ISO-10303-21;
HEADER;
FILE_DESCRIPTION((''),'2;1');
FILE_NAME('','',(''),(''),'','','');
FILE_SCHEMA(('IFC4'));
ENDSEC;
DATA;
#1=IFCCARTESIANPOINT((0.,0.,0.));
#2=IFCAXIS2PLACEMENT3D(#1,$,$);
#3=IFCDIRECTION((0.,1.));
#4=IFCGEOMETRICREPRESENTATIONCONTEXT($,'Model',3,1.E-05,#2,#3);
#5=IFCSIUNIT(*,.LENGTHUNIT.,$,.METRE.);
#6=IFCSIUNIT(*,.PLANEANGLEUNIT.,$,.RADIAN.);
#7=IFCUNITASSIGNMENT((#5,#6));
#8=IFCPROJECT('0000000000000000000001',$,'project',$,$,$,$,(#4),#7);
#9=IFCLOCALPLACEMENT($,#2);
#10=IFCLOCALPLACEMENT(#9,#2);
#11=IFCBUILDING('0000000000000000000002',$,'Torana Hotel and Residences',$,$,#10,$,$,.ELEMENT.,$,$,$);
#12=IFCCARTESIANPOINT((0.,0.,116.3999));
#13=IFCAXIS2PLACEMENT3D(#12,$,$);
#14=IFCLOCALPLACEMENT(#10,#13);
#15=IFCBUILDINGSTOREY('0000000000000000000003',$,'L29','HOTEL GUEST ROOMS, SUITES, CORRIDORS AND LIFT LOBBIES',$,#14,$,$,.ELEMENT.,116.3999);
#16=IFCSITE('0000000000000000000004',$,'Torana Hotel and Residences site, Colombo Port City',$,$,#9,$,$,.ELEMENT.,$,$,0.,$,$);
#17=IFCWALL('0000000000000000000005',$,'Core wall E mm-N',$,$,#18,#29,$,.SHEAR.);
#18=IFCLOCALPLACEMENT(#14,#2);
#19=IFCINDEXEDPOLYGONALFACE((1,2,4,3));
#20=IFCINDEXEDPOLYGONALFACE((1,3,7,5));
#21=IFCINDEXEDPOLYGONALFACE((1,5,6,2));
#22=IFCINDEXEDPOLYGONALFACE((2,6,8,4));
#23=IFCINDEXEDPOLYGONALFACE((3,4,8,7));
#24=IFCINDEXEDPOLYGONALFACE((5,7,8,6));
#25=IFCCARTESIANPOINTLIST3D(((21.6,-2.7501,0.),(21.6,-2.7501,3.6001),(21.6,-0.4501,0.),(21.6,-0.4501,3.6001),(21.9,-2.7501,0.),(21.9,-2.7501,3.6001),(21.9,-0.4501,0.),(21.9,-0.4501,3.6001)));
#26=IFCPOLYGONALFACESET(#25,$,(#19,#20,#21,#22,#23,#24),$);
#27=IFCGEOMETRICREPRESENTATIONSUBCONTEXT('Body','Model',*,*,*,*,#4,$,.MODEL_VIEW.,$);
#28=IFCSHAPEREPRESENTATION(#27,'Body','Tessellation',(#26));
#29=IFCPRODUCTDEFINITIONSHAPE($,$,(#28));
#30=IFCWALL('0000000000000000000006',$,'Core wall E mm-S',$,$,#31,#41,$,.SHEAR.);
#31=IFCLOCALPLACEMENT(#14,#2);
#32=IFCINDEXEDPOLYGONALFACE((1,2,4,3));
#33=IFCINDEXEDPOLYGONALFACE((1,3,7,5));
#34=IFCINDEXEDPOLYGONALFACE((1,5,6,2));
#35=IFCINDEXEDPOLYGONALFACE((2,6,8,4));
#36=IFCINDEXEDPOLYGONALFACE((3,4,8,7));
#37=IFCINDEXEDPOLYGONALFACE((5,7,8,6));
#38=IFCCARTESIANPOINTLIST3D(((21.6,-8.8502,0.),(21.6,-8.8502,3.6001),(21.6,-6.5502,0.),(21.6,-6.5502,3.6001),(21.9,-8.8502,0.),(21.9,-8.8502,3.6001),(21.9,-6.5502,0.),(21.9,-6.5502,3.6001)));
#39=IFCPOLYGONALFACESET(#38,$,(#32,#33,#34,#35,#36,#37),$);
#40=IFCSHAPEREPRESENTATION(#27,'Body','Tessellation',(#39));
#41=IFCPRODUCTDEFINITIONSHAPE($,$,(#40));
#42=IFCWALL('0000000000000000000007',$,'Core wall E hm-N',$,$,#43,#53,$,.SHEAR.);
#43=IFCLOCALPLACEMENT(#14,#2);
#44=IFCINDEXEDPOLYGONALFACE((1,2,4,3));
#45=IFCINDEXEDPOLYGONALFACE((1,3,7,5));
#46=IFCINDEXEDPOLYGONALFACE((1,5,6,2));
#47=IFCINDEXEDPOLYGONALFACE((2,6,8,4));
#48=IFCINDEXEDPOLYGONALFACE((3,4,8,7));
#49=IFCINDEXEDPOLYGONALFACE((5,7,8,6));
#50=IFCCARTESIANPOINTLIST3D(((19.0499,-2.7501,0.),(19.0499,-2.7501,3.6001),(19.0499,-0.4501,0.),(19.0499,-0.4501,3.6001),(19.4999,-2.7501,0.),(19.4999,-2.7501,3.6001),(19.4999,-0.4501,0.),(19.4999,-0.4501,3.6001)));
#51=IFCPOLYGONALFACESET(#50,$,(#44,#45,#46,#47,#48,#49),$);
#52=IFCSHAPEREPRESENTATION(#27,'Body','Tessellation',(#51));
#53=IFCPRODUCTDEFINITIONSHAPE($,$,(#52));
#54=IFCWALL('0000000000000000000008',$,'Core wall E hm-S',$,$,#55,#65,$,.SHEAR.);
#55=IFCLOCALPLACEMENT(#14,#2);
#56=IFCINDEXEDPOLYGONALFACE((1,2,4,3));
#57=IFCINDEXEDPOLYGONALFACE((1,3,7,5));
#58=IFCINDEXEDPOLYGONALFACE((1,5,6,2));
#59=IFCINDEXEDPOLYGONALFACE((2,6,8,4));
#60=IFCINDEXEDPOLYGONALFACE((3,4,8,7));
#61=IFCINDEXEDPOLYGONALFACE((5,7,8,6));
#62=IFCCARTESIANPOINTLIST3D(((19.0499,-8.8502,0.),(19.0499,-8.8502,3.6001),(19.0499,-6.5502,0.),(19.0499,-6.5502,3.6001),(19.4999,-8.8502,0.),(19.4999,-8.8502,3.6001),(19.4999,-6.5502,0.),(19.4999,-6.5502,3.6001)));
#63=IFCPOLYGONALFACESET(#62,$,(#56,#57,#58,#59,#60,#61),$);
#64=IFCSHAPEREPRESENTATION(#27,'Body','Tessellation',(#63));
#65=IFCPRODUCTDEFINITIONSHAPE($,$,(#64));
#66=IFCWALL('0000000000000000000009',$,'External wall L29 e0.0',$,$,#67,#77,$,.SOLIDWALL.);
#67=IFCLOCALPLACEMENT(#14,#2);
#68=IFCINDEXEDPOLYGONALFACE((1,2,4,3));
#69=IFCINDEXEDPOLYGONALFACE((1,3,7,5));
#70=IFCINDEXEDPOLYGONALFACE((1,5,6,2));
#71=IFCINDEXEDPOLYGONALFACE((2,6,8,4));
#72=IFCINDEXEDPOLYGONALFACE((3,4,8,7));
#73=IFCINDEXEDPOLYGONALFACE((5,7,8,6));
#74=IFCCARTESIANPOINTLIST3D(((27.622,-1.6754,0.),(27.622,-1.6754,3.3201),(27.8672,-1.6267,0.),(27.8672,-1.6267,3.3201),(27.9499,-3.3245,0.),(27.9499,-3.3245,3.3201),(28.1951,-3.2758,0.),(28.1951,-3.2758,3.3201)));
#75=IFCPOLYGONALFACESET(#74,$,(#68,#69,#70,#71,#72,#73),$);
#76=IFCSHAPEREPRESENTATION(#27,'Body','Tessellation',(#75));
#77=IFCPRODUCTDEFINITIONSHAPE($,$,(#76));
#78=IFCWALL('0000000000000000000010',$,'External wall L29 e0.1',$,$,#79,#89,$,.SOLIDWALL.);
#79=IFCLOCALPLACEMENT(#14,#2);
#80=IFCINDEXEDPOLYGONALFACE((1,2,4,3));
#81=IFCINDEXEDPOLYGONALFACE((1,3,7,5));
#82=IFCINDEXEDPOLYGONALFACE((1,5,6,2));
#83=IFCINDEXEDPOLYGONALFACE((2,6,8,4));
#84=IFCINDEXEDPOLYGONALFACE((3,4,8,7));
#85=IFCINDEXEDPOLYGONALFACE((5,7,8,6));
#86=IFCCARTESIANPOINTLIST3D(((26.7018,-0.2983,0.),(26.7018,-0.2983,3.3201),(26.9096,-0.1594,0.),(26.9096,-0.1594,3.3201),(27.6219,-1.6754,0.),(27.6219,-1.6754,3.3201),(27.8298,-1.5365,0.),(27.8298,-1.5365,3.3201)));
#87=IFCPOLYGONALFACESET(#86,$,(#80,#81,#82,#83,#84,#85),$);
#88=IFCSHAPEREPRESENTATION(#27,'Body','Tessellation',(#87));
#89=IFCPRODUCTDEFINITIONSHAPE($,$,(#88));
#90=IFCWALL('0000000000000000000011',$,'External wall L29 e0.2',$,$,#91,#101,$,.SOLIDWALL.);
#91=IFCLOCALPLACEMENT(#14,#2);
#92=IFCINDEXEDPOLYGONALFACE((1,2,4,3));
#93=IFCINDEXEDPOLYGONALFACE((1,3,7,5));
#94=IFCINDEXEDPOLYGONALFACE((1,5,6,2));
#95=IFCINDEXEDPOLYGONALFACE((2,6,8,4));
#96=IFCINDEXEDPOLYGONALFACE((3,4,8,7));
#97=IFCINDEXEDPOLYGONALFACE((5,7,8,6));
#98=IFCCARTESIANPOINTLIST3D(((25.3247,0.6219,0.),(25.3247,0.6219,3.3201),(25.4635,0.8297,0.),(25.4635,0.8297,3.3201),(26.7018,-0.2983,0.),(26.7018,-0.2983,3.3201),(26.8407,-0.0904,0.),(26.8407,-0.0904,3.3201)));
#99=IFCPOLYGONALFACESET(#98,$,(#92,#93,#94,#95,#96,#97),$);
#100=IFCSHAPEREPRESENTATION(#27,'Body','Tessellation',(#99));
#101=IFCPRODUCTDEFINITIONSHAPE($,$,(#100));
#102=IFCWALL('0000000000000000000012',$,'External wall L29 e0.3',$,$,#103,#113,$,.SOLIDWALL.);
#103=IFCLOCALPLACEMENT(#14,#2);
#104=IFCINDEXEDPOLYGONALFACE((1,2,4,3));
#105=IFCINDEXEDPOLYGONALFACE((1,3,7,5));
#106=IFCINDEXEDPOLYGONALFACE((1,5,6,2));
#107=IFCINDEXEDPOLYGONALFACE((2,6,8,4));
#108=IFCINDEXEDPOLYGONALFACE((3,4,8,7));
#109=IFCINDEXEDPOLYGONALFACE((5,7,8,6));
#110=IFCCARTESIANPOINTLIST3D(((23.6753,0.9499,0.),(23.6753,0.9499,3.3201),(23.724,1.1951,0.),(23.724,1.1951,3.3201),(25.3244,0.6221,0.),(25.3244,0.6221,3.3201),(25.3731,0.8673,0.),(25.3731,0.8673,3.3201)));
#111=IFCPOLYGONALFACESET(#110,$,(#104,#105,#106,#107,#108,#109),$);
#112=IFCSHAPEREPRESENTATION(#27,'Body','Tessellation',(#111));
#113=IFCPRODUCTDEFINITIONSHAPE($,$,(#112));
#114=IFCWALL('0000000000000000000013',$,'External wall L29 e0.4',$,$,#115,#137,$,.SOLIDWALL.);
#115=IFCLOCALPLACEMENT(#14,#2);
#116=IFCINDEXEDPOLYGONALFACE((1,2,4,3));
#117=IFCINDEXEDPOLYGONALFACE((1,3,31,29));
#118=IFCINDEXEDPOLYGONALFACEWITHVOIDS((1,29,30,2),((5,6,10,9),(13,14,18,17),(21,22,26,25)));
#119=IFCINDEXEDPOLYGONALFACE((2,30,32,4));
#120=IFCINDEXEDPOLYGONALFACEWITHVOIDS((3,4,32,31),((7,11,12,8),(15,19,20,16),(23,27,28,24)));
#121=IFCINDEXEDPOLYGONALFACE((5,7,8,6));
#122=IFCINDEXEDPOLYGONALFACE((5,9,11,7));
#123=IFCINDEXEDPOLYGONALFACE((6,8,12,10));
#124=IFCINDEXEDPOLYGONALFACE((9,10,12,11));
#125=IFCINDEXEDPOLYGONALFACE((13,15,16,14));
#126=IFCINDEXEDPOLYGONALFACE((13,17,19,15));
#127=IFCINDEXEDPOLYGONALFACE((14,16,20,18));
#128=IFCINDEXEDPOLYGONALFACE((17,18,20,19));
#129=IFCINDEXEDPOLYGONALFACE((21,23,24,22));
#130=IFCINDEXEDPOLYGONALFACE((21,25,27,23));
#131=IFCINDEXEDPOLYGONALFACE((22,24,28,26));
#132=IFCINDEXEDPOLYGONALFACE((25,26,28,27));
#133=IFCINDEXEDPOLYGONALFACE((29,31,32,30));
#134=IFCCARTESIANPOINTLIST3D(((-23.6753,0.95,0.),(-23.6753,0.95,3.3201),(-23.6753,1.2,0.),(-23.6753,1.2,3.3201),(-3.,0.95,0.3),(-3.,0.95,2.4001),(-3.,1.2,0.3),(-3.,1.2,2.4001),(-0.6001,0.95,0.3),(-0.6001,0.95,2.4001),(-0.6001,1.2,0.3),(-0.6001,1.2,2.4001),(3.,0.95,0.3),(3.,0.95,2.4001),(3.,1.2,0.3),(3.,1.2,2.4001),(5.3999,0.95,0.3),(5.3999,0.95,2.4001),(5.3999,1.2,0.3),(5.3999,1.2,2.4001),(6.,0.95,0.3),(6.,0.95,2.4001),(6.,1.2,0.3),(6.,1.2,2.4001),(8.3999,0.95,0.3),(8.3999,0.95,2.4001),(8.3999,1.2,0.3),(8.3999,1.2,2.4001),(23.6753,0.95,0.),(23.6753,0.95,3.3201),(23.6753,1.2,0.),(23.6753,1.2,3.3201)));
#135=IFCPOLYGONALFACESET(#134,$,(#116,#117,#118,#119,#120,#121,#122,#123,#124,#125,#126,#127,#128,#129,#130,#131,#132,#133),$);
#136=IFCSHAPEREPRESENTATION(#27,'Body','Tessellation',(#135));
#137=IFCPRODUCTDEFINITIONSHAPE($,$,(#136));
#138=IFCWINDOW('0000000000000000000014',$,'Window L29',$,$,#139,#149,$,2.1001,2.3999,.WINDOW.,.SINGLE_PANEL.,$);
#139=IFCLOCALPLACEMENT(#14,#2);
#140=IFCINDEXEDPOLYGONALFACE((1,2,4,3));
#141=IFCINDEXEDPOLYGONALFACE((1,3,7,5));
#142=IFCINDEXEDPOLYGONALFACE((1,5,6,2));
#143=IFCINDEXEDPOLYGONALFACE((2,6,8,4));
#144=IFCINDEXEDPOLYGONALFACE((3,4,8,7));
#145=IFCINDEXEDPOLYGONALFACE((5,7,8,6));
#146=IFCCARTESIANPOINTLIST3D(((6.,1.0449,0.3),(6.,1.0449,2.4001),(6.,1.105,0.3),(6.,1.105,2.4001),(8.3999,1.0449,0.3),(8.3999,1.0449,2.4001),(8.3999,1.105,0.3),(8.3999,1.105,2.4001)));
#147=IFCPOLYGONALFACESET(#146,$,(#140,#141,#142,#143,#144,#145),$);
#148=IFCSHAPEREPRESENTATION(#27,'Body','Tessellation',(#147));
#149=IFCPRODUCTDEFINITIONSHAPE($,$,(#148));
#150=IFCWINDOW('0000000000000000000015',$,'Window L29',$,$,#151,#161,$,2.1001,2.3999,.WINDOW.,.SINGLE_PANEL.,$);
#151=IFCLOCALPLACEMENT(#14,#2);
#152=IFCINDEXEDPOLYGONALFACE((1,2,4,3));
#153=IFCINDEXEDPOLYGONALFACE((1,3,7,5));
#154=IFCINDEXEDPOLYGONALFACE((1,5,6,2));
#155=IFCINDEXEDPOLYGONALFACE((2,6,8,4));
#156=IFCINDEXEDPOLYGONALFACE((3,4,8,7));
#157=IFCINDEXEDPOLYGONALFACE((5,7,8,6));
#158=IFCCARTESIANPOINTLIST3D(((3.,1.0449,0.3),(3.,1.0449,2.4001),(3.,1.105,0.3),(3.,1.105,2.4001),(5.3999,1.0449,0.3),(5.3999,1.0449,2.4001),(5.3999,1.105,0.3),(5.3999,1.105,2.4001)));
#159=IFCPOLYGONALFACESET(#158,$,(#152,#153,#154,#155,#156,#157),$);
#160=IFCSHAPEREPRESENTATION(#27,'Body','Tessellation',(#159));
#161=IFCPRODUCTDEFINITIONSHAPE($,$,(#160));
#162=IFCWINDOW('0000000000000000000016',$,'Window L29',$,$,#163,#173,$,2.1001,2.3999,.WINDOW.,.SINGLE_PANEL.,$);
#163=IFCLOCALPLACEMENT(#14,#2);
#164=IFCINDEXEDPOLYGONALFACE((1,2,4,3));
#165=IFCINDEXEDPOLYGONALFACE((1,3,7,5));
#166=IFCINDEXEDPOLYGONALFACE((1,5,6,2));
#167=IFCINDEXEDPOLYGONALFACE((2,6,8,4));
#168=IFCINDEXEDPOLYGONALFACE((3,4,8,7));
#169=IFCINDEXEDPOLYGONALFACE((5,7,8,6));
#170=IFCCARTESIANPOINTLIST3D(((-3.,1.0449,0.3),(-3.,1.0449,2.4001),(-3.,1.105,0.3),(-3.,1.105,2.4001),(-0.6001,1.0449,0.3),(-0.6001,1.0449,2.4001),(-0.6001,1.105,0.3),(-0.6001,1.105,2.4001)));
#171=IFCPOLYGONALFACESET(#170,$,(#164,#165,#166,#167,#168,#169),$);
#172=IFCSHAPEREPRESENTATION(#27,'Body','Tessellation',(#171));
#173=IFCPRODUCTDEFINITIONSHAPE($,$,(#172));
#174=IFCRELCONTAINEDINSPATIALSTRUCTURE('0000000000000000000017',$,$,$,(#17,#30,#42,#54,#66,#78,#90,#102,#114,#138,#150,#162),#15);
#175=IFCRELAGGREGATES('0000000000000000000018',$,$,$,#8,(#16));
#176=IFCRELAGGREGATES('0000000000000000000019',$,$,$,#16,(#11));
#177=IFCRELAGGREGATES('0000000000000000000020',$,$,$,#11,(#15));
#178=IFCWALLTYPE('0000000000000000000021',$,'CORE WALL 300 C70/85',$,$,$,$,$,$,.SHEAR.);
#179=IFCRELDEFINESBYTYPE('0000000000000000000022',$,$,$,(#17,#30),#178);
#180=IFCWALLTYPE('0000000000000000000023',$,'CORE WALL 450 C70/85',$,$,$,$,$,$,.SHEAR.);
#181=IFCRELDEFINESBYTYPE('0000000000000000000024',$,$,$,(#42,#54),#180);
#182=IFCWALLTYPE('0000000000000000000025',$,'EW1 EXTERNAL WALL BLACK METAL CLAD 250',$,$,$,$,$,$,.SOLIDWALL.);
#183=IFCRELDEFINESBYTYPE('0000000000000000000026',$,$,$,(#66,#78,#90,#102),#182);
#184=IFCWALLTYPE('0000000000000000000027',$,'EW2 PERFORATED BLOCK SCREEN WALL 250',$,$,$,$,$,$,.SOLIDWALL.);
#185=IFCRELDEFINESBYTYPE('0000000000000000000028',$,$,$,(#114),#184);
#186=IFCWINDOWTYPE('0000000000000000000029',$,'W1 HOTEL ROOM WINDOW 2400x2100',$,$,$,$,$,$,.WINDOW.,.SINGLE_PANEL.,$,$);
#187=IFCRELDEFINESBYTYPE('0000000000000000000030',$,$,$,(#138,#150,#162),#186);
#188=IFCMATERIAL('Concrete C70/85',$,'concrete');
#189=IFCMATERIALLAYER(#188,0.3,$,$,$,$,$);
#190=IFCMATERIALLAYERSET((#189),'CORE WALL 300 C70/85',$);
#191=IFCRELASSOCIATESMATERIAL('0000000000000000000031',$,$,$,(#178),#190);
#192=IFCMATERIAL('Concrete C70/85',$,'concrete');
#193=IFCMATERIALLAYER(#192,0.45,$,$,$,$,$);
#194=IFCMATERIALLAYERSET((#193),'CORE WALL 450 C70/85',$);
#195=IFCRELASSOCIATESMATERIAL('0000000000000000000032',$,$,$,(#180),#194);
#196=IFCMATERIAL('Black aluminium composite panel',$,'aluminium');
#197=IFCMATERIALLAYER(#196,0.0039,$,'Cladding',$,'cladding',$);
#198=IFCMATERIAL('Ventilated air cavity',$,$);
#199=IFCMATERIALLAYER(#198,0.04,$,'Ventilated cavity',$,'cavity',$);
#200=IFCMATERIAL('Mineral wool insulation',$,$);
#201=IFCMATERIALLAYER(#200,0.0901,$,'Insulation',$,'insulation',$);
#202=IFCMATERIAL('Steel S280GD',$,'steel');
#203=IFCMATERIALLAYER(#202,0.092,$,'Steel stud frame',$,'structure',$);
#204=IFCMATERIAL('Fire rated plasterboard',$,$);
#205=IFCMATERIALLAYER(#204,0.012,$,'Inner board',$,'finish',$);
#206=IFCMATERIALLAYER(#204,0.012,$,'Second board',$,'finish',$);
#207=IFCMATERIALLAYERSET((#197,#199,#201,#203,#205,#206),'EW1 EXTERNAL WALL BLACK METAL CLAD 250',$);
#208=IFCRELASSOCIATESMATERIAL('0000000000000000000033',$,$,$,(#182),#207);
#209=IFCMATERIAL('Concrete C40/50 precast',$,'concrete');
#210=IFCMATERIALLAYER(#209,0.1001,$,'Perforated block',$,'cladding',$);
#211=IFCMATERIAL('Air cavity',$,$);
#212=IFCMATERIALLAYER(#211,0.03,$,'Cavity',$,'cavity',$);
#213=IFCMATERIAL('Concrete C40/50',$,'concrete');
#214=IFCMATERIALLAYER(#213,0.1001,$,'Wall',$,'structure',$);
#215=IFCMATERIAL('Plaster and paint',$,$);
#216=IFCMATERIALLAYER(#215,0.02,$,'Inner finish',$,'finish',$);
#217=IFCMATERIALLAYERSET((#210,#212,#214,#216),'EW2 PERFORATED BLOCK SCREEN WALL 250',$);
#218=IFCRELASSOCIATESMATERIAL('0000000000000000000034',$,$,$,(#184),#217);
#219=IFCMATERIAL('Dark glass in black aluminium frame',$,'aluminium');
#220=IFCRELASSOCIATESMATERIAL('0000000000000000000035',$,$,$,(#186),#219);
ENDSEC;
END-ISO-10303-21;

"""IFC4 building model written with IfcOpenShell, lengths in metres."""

from ifc_helpers import new_model, si_unit, direction, frame, frame_2d, origin, place, context, subcontext, project, spatial, rectangle, extrude, material, layer, layer_set, type_object, element, fill, save


model = new_model("IFC4")

# Units and contexts
model_context = context("Model", 3, precision=1e-05, world=origin(), true_north=direction((0.0, 1.0)))
body_context = subcontext(model_context, "Body", "Model", "MODEL_VIEW")
ifc_project = project(units=[si_unit("LENGTHUNIT", "METRE"), si_unit("PLANEANGLEUNIT", "RADIAN")], contexts=[model_context])

# Site, building, storey
site_placement = place(None, origin())
site = spatial("IfcSite", under=ifc_project, at=site_placement, Name="Torana Hotel and Residences site, Colombo Port City", CompositionType="ELEMENT", RefElevation=0.0)
building_placement = place(site_placement, origin())
building = spatial("IfcBuilding", under=site, at=building_placement, Name="Torana Hotel and Residences", CompositionType="ELEMENT")
storey_placement = place(building_placement, frame((0.0, 0.0, 116.3999)))
storey = spatial("IfcBuildingStorey", under=building, at=storey_placement, Name="L29", Description="HOTEL GUEST ROOMS, SUITES, CORRIDORS AND LIFT LOBBIES", CompositionType="ELEMENT", Elevation=116.3999)

# Walls
ifc_material_1 = material(Name="Concrete C70/85", Category="concrete")
ifc_layer_1 = layer(ifc_material_1, 0.3)
ifc_layer_set_1 = layer_set([ifc_layer_1], Name="CORE WALL 300 C70/85")
wall_type_1 = type_object("IfcWallType", Name="CORE WALL 300 C70/85", PredefinedType="SHEAR", material=ifc_layer_set_1)
for number, where, z_axis, x_axis, name in (
    (1, (21.75, -2.75, 0.0), (0.0, 0.0, 1.0), (0.0, 1.0, 0.0), "Core wall E mm-N"),
    (2, (21.75, -8.8501, 0.0), (0.0, 0.0, 1.0), (0.0, 1.0, 0.0), "Core wall E mm-S"),
):
    element("IfcWall", number, at=place(storey_placement, frame(where, z_axis=z_axis, x_axis=x_axis)), inside=storey, type_object=wall_type_1, Name=name, PredefinedType="SHEAR", context=body_context, shape_type="SweptSolid", body=[
        extrude(rectangle(XDim=2.3, YDim=0.3, at=frame_2d((1.1499, 0.0))), origin(), (0.0, 0.0, 1.0), 3.6001),
    ])
ifc_material_2 = material(Name="Concrete C70/85", Category="concrete")
ifc_layer_2 = layer(ifc_material_2, 0.45)
ifc_layer_set_2 = layer_set([ifc_layer_2], Name="CORE WALL 450 C70/85")
wall_type_2 = type_object("IfcWallType", Name="CORE WALL 450 C70/85", PredefinedType="SHEAR", material=ifc_layer_set_2)
for number, where, z_axis, x_axis, name in (
    (3, (19.2749, -2.75, 0.0), (0.0, 0.0, 1.0), (0.0, 1.0, 0.0), "Core wall E hm-N"),
    (4, (19.2749, -8.8501, 0.0), (0.0, 0.0, 1.0), (0.0, 1.0, 0.0), "Core wall E hm-S"),
):
    element("IfcWall", number, at=place(storey_placement, frame(where, z_axis=z_axis, x_axis=x_axis)), inside=storey, type_object=wall_type_2, Name=name, PredefinedType="SHEAR", context=body_context, shape_type="SweptSolid", body=[
        extrude(rectangle(XDim=2.3, YDim=0.45, at=frame_2d((1.1499, 0.0))), origin(), (0.0, 0.0, 1.0), 3.6001),
    ])
ifc_material_3 = material(Name="Black aluminium composite panel", Category="aluminium")
ifc_layer_3 = layer(ifc_material_3, 0.0039, Name="Cladding", Category="cladding")
ifc_material_4 = material(Name="Ventilated air cavity")
ifc_layer_4 = layer(ifc_material_4, 0.04, Name="Ventilated cavity", Category="cavity")
ifc_material_5 = material(Name="Mineral wool insulation")
ifc_layer_5 = layer(ifc_material_5, 0.0901, Name="Insulation", Category="insulation")
ifc_material_6 = material(Name="Steel S280GD", Category="steel")
ifc_layer_6 = layer(ifc_material_6, 0.092, Name="Steel stud frame", Category="structure")
ifc_material_7 = material(Name="Fire rated plasterboard")
ifc_layer_7 = layer(ifc_material_7, 0.012, Name="Inner board", Category="finish")
ifc_layer_8 = layer(ifc_material_7, 0.012, Name="Second board", Category="finish")
ifc_layer_set_3 = layer_set([ifc_layer_3, ifc_layer_4, ifc_layer_5, ifc_layer_6, ifc_layer_7, ifc_layer_8], Name="EW1 EXTERNAL WALL BLACK METAL CLAD 250")
wall_type_3 = type_object("IfcWallType", Name="EW1 EXTERNAL WALL BLACK METAL CLAD 250", PredefinedType="SOLIDWALL", material=ifc_layer_set_3)
wall_1_placement = place(storey_placement, frame((28.0725, -3.3003, 0.0), z_axis=(0.0, 0.0, 1.0), x_axis=(-0.194999, 0.980803, 0.0)))
element("IfcWall", 5, at=wall_1_placement, inside=storey, type_object=wall_type_3, Name="External wall L29 e0.0", PredefinedType="SOLIDWALL", context=body_context, shape_type="SweptSolid", body=[
    extrude(rectangle(XDim=1.6814, YDim=0.25, at=frame_2d((0.8408, 0.0))), origin(), (0.0, 0.0, 1.0), 3.3201),
])
for number, where, z_axis, x_axis, name in (
    (6, (27.7258, -1.606, 0.0), (0.0, 0.0, 1.0), (-0.55555, 0.831483, 0.0), "External wall L29 e0.1"),
    (7, (26.7712, -0.1943, 0.0), (0.0, 0.0, 1.0), (-0.831483, 0.55555, 0.0), "External wall L29 e0.2"),
):
    element("IfcWall", number, at=place(storey_placement, frame(where, z_axis=z_axis, x_axis=x_axis)), inside=storey, type_object=wall_type_3, Name=name, PredefinedType="SOLIDWALL", context=body_context, shape_type="SweptSolid", body=[
        extrude(rectangle(XDim=1.6562, YDim=0.25, at=frame_2d((0.8281, 0.0))), origin(), (0.0, 0.0, 1.0), 3.3201),
    ])
wall_2_placement = place(storey_placement, frame((25.3489, 0.7446, 0.0), z_axis=(0.0, 0.0, 1.0), x_axis=(-0.980803, 0.194999, 0.0)))
element("IfcWall", 8, at=wall_2_placement, inside=storey, type_object=wall_type_3, Name="External wall L29 e0.3", PredefinedType="SOLIDWALL", context=body_context, shape_type="SweptSolid", body=[
    extrude(rectangle(XDim=1.6814, YDim=0.25, at=frame_2d((0.8408, 0.0))), origin(), (0.0, 0.0, 1.0), 3.3201),
])

# Wall, openings, windows
ifc_material_8 = material(Name="Concrete C40/50 precast", Category="concrete")
ifc_layer_9 = layer(ifc_material_8, 0.1001, Name="Perforated block", Category="cladding")
ifc_material_9 = material(Name="Air cavity")
ifc_layer_10 = layer(ifc_material_9, 0.03, Name="Cavity", Category="cavity")
ifc_material_10 = material(Name="Concrete C40/50", Category="concrete")
ifc_layer_11 = layer(ifc_material_10, 0.1001, Name="Wall", Category="structure")
ifc_material_11 = material(Name="Plaster and paint")
ifc_layer_12 = layer(ifc_material_11, 0.02, Name="Inner finish", Category="finish")
ifc_layer_set_4 = layer_set([ifc_layer_9, ifc_layer_10, ifc_layer_11, ifc_layer_12], Name="EW2 PERFORATED BLOCK SCREEN WALL 250")
wall_type_4 = type_object("IfcWallType", Name="EW2 PERFORATED BLOCK SCREEN WALL 250", PredefinedType="SOLIDWALL", material=ifc_layer_set_4)
wall_3_placement = place(storey_placement, frame((23.6753, 1.075, 0.0), z_axis=(0.0, 0.0, 1.0), x_axis=(-1.0, 0.0, 0.0)))
wall_3 = element("IfcWall", 9, at=wall_3_placement, inside=storey, type_object=wall_type_4, Name="External wall L29 e0.4", PredefinedType="SOLIDWALL", context=body_context, shape_type="SweptSolid", body=[
    extrude(rectangle(XDim=47.3506, YDim=0.25, at=frame_2d((23.6753, 0.0))), origin(), (0.0, 0.0, 1.0), 3.3201),
])
opening_1_placement = place(wall_3_placement, frame((15.2754, 0.0, 0.3)))
opening_1 = element("IfcOpeningElement", 10, at=opening_1_placement, cuts=wall_3, PredefinedType="OPENING", context=body_context, shape_type="SweptSolid", body=[
    extrude(rectangle(XDim=2.3999, YDim=2.1001, at=frame_2d((1.2, 1.05))), frame((0.0, 0.135, 0.0), z_axis=(0.0, -1.0, 0.0), x_axis=(1.0, 0.0, 0.0)), (0.0, 0.0, 1.0), 0.27),
])
opening_2_placement = place(wall_3_placement, frame((18.2754, 0.0, 0.3)))
opening_2 = element("IfcOpeningElement", 11, at=opening_2_placement, cuts=wall_3, PredefinedType="OPENING", context=body_context, shape_type="SweptSolid", body=[
    extrude(rectangle(XDim=2.3999, YDim=2.1001, at=frame_2d((1.2, 1.05))), frame((0.0, 0.135, 0.0), z_axis=(0.0, -1.0, 0.0), x_axis=(1.0, 0.0, 0.0)), (0.0, 0.0, 1.0), 0.27),
])
opening_3_placement = place(wall_3_placement, frame((24.2754, 0.0, 0.3)))
opening_3 = element("IfcOpeningElement", 12, at=opening_3_placement, cuts=wall_3, PredefinedType="OPENING", context=body_context, shape_type="SweptSolid", body=[
    extrude(rectangle(XDim=2.3999, YDim=2.1001, at=frame_2d((1.2, 1.05))), frame((0.0, 0.135, 0.0), z_axis=(0.0, -1.0, 0.0), x_axis=(1.0, 0.0, 0.0)), (0.0, 0.0, 1.0), 0.27),
])
ifc_material_12 = material(Name="Dark glass in black aluminium frame", Category="aluminium")
window_type = type_object("IfcWindowType", Name="W1 HOTEL ROOM WINDOW 2400x2100", PartitioningType="SINGLE_PANEL", PredefinedType="WINDOW", material=ifc_material_12)
window_1_placement = place(opening_1_placement, origin())
window_1 = element("IfcWindow", 13, at=window_1_placement, inside=storey, type_object=window_type, Name="Window L29", OverallHeight=2.1001, OverallWidth=2.3999, PartitioningType="SINGLE_PANEL", PredefinedType="WINDOW", context=body_context, shape_type="SweptSolid", body=[
    extrude(rectangle(XDim=2.3999, YDim=2.1001, at=frame_2d((1.2, 1.05))), frame((0.0, 0.03, 0.0), z_axis=(0.0, -1.0, 0.0), x_axis=(1.0, 0.0, 0.0)), (0.0, 0.0, 1.0), 0.0601),
])
fill(opening_1, window_1)
window_2_placement = place(opening_2_placement, origin())
window_2 = element("IfcWindow", 14, at=window_2_placement, inside=storey, type_object=window_type, Name="Window L29", OverallHeight=2.1001, OverallWidth=2.3999, PartitioningType="SINGLE_PANEL", PredefinedType="WINDOW", context=body_context, shape_type="SweptSolid", body=[
    extrude(rectangle(XDim=2.3999, YDim=2.1001, at=frame_2d((1.2, 1.05))), frame((0.0, 0.03, 0.0), z_axis=(0.0, -1.0, 0.0), x_axis=(1.0, 0.0, 0.0)), (0.0, 0.0, 1.0), 0.0601),
])
fill(opening_2, window_2)
window_3_placement = place(opening_3_placement, origin())
window_3 = element("IfcWindow", 15, at=window_3_placement, inside=storey, type_object=window_type, Name="Window L29", OverallHeight=2.1001, OverallWidth=2.3999, PartitioningType="SINGLE_PANEL", PredefinedType="WINDOW", context=body_context, shape_type="SweptSolid", body=[
    extrude(rectangle(XDim=2.3999, YDim=2.1001, at=frame_2d((1.2, 1.05))), frame((0.0, 0.03, 0.0), z_axis=(0.0, -1.0, 0.0), x_axis=(1.0, 0.0, 0.0)), (0.0, 0.0, 1.0), 0.0601),
])
fill(opening_3, window_3)

save(model, "model.ifc")
